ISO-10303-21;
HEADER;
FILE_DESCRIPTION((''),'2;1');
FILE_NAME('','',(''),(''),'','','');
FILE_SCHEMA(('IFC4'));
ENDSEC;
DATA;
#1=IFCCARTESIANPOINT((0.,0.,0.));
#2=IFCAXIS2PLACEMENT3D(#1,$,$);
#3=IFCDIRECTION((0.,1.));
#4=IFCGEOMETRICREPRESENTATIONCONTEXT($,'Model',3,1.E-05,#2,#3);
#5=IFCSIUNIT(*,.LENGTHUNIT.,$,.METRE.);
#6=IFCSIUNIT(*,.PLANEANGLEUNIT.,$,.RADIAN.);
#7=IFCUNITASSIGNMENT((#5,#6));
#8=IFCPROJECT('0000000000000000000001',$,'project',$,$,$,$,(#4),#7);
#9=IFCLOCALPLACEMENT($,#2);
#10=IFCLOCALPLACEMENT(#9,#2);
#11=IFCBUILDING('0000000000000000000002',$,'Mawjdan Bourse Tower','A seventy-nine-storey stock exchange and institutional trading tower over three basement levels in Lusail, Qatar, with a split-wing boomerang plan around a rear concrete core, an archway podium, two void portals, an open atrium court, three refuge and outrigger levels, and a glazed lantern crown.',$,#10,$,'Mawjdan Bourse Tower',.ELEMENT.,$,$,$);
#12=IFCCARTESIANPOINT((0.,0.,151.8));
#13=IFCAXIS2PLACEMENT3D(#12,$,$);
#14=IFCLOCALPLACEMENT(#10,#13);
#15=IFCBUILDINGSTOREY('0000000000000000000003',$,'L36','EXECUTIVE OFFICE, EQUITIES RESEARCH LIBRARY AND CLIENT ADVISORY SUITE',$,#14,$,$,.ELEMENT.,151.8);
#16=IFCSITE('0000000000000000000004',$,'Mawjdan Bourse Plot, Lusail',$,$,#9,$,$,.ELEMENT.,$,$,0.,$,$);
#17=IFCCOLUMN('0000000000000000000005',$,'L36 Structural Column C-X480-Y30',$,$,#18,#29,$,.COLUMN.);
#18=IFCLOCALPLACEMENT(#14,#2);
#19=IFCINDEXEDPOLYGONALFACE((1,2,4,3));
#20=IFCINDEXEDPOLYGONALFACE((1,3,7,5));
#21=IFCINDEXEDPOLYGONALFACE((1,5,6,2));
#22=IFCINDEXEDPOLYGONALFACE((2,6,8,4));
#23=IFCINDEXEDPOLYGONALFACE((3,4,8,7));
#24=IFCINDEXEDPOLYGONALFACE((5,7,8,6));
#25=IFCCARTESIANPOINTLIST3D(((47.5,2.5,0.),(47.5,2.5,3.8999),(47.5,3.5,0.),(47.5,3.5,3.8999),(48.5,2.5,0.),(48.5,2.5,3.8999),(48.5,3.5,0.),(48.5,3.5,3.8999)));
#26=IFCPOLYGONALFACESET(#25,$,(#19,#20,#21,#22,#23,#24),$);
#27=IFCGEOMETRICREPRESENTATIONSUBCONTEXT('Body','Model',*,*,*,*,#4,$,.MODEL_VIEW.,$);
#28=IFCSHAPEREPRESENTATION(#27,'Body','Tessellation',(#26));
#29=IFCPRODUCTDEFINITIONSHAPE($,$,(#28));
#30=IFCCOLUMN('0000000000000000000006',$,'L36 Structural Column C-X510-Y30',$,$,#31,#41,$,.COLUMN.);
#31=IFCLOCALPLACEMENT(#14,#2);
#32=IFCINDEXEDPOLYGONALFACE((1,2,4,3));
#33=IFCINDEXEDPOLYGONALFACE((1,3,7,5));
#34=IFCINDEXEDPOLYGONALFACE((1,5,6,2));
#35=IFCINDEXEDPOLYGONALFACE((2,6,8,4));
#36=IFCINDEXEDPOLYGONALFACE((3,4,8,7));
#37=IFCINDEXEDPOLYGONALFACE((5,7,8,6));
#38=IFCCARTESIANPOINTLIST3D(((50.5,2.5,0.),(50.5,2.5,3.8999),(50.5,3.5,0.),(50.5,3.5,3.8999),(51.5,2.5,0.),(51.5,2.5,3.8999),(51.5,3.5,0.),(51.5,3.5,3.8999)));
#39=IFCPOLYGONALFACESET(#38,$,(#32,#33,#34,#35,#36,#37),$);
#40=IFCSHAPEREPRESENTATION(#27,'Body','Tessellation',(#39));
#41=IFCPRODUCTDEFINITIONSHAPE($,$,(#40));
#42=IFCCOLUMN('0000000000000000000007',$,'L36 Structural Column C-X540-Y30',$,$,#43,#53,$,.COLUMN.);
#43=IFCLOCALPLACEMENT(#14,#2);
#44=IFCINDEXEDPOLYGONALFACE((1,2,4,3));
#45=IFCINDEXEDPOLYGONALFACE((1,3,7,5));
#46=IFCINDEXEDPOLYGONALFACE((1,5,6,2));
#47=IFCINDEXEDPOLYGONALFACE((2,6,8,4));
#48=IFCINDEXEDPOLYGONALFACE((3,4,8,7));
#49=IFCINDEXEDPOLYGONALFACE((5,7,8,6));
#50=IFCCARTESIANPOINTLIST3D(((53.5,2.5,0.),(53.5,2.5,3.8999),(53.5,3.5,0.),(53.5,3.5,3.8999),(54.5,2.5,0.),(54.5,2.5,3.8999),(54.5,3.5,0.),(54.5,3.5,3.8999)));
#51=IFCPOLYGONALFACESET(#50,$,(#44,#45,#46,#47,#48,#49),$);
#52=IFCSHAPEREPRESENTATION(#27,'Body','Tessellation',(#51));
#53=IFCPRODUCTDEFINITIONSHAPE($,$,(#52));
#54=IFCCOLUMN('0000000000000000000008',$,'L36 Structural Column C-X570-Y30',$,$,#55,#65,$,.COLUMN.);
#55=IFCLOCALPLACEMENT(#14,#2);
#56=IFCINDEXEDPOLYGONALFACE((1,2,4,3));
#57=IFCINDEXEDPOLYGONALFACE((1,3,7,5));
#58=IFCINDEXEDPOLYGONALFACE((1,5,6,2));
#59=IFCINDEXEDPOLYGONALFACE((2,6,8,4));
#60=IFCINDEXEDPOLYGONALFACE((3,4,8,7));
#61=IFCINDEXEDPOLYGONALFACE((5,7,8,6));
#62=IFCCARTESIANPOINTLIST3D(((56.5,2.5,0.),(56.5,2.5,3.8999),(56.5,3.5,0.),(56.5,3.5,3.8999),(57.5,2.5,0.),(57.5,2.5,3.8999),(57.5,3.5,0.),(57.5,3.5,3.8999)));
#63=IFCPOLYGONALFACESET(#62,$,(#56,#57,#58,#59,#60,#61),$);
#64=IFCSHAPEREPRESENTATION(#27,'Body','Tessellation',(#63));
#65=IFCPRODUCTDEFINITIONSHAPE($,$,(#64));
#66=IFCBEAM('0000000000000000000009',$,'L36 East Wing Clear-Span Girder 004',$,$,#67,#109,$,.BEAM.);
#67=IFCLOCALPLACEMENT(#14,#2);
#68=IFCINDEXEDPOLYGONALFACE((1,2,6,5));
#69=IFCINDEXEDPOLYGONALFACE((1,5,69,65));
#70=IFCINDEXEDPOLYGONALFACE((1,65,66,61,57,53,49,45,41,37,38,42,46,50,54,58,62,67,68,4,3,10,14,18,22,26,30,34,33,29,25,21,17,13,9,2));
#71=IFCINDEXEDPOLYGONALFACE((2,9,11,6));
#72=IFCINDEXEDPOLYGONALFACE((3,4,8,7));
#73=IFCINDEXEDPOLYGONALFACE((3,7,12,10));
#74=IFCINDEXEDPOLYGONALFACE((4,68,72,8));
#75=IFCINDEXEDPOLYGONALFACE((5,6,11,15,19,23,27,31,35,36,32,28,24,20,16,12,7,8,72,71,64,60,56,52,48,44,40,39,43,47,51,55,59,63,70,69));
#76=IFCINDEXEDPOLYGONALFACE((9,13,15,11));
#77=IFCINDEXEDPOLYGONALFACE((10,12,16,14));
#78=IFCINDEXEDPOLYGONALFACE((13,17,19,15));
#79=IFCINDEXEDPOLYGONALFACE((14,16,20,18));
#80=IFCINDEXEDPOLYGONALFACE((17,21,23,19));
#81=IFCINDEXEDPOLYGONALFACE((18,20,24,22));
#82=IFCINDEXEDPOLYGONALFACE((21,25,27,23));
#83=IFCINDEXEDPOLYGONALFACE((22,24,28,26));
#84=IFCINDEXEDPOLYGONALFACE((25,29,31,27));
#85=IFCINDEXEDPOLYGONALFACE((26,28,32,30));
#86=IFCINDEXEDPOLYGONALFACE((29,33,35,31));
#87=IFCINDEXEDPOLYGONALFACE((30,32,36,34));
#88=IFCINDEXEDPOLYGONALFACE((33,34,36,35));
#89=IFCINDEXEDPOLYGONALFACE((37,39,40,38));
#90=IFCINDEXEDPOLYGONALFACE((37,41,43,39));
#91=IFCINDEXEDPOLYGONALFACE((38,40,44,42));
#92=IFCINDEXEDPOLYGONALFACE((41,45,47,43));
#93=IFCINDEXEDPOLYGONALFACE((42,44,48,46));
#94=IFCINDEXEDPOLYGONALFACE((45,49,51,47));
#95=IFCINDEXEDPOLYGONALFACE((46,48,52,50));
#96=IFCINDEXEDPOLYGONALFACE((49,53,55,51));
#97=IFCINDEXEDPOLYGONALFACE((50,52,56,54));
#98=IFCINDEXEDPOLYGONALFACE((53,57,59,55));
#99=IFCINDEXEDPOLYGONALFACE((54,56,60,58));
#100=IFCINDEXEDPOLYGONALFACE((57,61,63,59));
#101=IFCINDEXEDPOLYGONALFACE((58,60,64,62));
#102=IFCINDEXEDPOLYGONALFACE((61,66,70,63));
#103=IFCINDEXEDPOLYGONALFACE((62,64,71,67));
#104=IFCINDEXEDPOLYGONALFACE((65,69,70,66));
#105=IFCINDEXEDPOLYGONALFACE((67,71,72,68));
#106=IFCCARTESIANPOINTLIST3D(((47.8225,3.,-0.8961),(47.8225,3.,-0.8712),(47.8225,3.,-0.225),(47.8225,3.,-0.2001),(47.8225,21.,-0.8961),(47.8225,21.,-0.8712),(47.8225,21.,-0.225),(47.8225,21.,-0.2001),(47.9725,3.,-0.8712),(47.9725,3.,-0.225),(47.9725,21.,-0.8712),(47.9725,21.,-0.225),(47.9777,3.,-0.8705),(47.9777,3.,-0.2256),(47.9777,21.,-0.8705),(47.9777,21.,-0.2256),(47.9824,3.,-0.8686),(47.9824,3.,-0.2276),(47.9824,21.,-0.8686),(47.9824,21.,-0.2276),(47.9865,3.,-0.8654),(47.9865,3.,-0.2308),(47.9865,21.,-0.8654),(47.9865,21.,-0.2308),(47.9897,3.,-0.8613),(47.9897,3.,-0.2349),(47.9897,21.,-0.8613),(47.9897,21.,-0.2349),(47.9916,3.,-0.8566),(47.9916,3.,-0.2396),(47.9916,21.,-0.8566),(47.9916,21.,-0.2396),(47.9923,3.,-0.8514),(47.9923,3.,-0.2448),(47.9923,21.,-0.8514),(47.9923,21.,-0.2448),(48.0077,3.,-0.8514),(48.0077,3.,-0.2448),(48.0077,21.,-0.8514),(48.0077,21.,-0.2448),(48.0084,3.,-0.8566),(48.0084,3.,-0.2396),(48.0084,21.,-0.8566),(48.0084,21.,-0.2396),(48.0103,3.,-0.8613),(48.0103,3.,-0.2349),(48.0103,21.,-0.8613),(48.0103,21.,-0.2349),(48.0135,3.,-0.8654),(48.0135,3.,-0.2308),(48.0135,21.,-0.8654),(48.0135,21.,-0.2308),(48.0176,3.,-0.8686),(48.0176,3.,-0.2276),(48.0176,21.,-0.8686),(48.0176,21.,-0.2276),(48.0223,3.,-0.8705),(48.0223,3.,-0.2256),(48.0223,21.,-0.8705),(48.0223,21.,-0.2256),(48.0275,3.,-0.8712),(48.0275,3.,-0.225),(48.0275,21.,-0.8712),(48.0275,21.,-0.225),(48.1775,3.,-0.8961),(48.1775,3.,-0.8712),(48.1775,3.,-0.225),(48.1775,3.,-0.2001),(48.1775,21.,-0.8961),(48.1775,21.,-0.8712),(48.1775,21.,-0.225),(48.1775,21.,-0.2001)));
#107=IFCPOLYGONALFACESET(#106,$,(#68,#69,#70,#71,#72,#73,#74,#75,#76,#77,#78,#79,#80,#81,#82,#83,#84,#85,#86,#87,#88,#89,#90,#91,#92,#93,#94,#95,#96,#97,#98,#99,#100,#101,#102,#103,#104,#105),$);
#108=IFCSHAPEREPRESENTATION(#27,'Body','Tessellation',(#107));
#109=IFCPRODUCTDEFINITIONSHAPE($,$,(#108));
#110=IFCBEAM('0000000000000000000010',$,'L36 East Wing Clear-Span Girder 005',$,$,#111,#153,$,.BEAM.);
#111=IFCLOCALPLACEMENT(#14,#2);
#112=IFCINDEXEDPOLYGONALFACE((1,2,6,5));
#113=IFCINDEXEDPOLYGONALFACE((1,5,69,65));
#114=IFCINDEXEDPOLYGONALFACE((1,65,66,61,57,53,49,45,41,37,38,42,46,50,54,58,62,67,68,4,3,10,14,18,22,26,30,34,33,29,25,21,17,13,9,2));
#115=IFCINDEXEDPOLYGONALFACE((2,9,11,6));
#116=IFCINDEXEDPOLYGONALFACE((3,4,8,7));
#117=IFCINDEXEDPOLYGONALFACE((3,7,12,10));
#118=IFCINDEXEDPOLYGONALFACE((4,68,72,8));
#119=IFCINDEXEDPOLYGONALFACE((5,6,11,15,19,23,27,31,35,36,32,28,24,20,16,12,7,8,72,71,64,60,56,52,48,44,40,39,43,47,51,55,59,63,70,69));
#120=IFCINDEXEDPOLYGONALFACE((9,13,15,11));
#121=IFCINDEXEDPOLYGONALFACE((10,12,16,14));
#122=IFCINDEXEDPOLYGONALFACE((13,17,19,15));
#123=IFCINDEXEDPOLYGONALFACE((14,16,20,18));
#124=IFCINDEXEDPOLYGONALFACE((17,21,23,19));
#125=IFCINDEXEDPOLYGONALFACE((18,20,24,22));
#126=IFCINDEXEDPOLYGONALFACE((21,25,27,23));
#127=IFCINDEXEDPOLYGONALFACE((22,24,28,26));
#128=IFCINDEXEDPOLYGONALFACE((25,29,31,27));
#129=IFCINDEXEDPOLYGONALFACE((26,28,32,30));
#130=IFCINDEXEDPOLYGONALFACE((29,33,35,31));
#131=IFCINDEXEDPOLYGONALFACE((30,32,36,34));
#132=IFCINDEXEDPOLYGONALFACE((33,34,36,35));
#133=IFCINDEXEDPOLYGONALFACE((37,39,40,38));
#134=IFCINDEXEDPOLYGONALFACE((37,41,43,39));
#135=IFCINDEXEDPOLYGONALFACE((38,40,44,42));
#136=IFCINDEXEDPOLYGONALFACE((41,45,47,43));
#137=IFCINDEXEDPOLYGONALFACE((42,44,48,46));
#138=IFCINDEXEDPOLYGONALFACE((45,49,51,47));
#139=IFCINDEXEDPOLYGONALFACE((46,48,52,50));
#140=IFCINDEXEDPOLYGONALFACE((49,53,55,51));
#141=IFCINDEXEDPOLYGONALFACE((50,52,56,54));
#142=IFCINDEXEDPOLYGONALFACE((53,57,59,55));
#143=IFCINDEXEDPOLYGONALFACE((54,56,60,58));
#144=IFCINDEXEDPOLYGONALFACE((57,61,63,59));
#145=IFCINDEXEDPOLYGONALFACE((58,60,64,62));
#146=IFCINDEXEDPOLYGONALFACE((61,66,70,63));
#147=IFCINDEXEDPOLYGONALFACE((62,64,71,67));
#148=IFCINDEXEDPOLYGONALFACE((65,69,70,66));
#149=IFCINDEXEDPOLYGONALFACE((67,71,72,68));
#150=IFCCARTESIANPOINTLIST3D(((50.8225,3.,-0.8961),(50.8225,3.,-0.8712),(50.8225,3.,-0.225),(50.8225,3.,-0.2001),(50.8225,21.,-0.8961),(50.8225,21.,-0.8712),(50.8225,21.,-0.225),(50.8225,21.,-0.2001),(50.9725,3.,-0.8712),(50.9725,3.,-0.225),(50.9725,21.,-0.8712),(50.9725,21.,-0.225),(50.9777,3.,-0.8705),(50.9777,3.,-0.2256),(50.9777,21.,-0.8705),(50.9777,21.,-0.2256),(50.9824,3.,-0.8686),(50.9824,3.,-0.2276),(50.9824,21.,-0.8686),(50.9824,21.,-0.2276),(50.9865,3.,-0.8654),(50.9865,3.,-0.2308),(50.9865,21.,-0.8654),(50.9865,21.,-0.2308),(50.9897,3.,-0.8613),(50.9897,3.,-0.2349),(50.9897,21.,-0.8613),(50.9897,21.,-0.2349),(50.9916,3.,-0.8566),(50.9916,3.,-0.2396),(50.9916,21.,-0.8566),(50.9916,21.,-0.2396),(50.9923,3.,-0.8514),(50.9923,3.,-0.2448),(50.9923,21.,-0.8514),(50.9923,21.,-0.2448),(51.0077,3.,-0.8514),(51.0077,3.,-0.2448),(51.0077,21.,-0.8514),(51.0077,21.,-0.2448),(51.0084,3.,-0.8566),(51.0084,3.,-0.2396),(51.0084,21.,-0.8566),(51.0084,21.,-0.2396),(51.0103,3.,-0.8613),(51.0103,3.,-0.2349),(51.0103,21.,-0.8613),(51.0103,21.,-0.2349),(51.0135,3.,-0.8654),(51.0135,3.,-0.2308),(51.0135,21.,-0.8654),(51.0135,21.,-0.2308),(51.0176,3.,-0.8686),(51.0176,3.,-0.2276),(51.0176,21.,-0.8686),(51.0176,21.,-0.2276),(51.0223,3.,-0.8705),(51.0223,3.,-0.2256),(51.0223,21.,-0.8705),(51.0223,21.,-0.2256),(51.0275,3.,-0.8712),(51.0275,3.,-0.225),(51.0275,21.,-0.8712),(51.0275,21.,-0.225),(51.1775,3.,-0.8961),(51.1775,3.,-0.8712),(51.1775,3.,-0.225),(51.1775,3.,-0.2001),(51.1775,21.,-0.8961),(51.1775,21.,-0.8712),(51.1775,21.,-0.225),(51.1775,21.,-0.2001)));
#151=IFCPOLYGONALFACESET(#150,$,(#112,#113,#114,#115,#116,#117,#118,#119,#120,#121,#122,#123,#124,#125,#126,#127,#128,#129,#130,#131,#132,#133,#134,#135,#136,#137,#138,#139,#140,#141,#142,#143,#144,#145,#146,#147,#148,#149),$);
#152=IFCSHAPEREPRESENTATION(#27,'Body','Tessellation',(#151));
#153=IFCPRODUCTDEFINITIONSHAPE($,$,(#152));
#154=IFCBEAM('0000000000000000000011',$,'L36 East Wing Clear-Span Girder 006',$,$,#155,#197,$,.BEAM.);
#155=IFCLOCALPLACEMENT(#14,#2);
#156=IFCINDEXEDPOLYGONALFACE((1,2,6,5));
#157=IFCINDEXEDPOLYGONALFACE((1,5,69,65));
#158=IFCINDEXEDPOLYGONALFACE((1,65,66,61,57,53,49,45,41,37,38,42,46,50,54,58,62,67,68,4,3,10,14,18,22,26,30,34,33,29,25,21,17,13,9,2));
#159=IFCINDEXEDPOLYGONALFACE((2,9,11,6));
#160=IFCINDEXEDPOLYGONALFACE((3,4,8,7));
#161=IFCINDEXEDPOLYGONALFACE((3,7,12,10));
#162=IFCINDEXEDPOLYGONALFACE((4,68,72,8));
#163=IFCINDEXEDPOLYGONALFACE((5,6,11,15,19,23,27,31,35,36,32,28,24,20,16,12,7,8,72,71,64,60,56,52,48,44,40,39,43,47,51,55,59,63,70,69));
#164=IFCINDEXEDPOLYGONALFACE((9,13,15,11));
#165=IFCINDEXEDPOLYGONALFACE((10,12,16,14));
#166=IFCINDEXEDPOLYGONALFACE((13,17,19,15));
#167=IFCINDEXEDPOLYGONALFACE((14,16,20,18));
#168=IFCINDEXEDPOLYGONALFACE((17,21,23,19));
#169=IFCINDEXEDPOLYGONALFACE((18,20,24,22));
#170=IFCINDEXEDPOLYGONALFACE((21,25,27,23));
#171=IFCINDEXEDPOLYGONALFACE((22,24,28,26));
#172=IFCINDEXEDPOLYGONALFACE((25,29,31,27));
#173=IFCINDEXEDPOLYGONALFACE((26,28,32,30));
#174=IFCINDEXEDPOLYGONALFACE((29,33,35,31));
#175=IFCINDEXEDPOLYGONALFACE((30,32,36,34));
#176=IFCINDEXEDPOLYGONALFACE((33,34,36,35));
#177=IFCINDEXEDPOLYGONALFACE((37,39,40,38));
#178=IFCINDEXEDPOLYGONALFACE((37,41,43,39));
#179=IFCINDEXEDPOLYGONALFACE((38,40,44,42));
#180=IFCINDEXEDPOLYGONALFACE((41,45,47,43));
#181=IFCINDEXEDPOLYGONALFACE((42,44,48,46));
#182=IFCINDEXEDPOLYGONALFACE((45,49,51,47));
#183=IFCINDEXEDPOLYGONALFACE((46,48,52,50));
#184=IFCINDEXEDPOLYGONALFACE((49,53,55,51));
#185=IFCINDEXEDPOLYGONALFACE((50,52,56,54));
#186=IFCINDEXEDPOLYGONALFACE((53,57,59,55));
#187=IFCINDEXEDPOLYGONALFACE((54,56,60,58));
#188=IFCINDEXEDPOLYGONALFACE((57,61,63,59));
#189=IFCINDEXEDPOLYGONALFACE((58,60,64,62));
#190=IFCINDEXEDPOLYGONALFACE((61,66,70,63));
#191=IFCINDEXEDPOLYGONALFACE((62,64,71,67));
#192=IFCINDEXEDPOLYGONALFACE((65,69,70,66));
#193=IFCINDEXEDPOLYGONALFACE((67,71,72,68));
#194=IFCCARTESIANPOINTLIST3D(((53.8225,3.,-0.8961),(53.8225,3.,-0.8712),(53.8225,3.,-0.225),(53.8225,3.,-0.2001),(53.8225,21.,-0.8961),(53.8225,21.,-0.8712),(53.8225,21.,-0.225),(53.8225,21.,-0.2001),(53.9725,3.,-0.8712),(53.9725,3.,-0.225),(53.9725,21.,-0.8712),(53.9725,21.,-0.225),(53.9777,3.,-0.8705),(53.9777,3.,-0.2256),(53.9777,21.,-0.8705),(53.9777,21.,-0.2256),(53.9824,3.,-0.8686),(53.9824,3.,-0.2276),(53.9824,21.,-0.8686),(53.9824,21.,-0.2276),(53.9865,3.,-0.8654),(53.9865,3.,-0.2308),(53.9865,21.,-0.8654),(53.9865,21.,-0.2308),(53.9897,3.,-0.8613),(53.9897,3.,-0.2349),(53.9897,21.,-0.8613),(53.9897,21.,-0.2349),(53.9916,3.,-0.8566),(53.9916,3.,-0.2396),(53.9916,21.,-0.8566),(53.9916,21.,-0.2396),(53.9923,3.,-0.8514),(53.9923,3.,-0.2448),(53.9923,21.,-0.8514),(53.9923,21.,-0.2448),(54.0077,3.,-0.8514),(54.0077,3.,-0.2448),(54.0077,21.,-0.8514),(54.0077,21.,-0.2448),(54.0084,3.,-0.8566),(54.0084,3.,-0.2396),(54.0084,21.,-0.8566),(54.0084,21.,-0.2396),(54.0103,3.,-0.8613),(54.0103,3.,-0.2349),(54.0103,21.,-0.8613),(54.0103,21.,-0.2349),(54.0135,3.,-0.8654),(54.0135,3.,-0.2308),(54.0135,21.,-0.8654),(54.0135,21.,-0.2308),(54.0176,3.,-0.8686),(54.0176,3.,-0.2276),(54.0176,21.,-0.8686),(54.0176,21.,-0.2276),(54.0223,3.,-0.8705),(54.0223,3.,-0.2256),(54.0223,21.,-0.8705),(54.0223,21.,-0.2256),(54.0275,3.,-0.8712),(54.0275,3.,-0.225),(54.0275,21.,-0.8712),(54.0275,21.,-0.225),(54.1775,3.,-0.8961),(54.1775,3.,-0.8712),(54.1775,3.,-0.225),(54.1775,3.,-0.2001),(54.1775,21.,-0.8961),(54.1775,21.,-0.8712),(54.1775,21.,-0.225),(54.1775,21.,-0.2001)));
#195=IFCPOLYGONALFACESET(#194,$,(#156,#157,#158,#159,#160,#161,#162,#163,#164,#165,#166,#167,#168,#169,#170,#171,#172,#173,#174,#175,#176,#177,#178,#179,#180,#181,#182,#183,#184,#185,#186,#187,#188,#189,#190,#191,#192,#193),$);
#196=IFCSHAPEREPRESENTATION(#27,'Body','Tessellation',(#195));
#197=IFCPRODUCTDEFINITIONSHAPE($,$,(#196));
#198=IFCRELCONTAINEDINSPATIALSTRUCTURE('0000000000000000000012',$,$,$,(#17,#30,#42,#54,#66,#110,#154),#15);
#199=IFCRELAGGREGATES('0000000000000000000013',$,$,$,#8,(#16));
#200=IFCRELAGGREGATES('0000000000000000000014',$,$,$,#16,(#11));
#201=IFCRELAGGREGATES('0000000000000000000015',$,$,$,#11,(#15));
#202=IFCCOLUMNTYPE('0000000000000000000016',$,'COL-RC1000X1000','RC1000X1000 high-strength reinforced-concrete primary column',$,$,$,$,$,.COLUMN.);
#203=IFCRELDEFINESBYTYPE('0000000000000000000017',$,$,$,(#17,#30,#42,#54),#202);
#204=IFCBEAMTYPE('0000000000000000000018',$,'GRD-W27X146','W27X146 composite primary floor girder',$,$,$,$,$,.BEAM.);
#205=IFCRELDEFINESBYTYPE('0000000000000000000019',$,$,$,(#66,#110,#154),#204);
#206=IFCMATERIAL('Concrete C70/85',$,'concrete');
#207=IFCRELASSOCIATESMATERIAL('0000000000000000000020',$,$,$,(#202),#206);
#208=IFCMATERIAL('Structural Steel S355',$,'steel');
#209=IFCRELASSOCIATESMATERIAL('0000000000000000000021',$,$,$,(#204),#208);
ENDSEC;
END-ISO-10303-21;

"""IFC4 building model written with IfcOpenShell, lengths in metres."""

from ifc_helpers import new_model, si_unit, direction, frame, origin, origin_2d, place, context, subcontext, project, spatial, rectangle, i_section, extrude, material, material_profile, profile_set, type_object, element, save


model = new_model("IFC4")

# Units and contexts
model_context = context("Model", 3, precision=1e-05, world=origin(), true_north=direction((0.0, 1.0)))
body_context = subcontext(model_context, "Body", "Model", "MODEL_VIEW")
ifc_project = project(units=[si_unit("LENGTHUNIT", "METRE"), si_unit("PLANEANGLEUNIT", "RADIAN")], contexts=[model_context])

# Site, building, storey
site_placement = place(None, origin())
site = spatial("IfcSite", under=ifc_project, at=site_placement, Name="Mawjdan Bourse Plot, Lusail", CompositionType="ELEMENT", RefElevation=0.0)
building_placement = place(site_placement, origin())
building = spatial("IfcBuilding", under=site, at=building_placement, Name="Mawjdan Bourse Tower", Description="A seventy-nine-storey stock exchange and institutional trading tower over three basement levels in Lusail, Qatar, with a split-wing boomerang plan around a rear concrete core, an archway podium, two void portals, an open atrium court, three refuge and outrigger levels, and a glazed lantern crown.", LongName="Mawjdan Bourse Tower", CompositionType="ELEMENT")
storey_placement = place(building_placement, frame((0.0, 0.0, 151.8)))
storey = spatial("IfcBuildingStorey", under=building, at=storey_placement, Name="L36", Description="EXECUTIVE OFFICE, EQUITIES RESEARCH LIBRARY AND CLIENT ADVISORY SUITE", CompositionType="ELEMENT", Elevation=151.8)

# Columns
ifc_material_1 = material(Name="Concrete C70/85", Category="concrete")
ifc_material_profile_1 = material_profile(ifc_material_1, rectangle(XDim=1.0, YDim=1.0, at=origin_2d()), Name="RC1000X1000")
ifc_profile_set_1 = profile_set([ifc_material_profile_1], Name="Concrete C70/85")
column_type = type_object("IfcColumnType", Name="COL-RC1000X1000", Description="RC1000X1000 high-strength reinforced-concrete primary column", PredefinedType="COLUMN", material=ifc_profile_set_1)
for number, where, z_axis, x_axis, name in (
    (1, (48.0, 3.0, 0.0), (0.0, 0.0, 1.0), (1.0, 0.0, 0.0), "L36 Structural Column C-X480-Y30"),
    (2, (51.0, 3.0, 0.0), (0.0, 0.0, 1.0), (1.0, 0.0, 0.0), "L36 Structural Column C-X510-Y30"),
    (3, (54.0, 3.0, 0.0), (0.0, 0.0, 1.0), (1.0, 0.0, 0.0), "L36 Structural Column C-X540-Y30"),
    (4, (57.0, 3.0, 0.0), (0.0, 0.0, 1.0), (1.0, 0.0, 0.0), "L36 Structural Column C-X570-Y30"),
):
    element("IfcColumn", number, at=place(storey_placement, frame(where, z_axis=z_axis, x_axis=x_axis)), inside=storey, type_object=column_type, Name=name, PredefinedType="COLUMN", context=body_context, shape_type="SweptSolid", body=[
        extrude(rectangle(XDim=1.0, YDim=1.0, at=origin_2d()), origin(), (0.0, 0.0, 1.0), 3.8999),
    ])

# Beams
ifc_material_2 = material(Name="Structural Steel S355", Category="steel")
ifc_material_profile_2 = material_profile(ifc_material_2, i_section(OverallWidth=0.355, OverallDepth=0.696, WebThickness=0.0154, FlangeThickness=0.0249, FilletRadius=0.0198, at=origin_2d()), Name="W27X146")
ifc_profile_set_2 = profile_set([ifc_material_profile_2], Name="Structural Steel S355")
beam_type_1 = type_object("IfcBeamType", Name="GRD-W27X146", Description="W27X146 composite primary floor girder", PredefinedType="BEAM", material=ifc_profile_set_2)
for number, where, z_axis, x_axis, name in (
    (5, (48.0, 3.0, -0.5481), (0.0, 1.0, 0.0), (-1.0, 0.0, 0.0), "L36 East Wing Clear-Span Girder 004"),
    (6, (51.0, 3.0, -0.5481), (0.0, 1.0, 0.0), (-1.0, 0.0, 0.0), "L36 East Wing Clear-Span Girder 005"),
    (7, (54.0, 3.0, -0.5481), (0.0, 1.0, 0.0), (-1.0, 0.0, 0.0), "L36 East Wing Clear-Span Girder 006"),
):
    element("IfcBeam", number, at=place(storey_placement, frame(where, z_axis=z_axis, x_axis=x_axis)), inside=storey, type_object=beam_type_1, Name=name, PredefinedType="BEAM", context=body_context, shape_type="SweptSolid", body=[
        extrude(i_section(OverallWidth=0.355, OverallDepth=0.696, WebThickness=0.0154, FlangeThickness=0.0249, FilletRadius=0.0198, at=origin_2d()), origin(), (0.0, 0.0, 1.0), 18.0),
    ])

save(model, "model.ifc")
